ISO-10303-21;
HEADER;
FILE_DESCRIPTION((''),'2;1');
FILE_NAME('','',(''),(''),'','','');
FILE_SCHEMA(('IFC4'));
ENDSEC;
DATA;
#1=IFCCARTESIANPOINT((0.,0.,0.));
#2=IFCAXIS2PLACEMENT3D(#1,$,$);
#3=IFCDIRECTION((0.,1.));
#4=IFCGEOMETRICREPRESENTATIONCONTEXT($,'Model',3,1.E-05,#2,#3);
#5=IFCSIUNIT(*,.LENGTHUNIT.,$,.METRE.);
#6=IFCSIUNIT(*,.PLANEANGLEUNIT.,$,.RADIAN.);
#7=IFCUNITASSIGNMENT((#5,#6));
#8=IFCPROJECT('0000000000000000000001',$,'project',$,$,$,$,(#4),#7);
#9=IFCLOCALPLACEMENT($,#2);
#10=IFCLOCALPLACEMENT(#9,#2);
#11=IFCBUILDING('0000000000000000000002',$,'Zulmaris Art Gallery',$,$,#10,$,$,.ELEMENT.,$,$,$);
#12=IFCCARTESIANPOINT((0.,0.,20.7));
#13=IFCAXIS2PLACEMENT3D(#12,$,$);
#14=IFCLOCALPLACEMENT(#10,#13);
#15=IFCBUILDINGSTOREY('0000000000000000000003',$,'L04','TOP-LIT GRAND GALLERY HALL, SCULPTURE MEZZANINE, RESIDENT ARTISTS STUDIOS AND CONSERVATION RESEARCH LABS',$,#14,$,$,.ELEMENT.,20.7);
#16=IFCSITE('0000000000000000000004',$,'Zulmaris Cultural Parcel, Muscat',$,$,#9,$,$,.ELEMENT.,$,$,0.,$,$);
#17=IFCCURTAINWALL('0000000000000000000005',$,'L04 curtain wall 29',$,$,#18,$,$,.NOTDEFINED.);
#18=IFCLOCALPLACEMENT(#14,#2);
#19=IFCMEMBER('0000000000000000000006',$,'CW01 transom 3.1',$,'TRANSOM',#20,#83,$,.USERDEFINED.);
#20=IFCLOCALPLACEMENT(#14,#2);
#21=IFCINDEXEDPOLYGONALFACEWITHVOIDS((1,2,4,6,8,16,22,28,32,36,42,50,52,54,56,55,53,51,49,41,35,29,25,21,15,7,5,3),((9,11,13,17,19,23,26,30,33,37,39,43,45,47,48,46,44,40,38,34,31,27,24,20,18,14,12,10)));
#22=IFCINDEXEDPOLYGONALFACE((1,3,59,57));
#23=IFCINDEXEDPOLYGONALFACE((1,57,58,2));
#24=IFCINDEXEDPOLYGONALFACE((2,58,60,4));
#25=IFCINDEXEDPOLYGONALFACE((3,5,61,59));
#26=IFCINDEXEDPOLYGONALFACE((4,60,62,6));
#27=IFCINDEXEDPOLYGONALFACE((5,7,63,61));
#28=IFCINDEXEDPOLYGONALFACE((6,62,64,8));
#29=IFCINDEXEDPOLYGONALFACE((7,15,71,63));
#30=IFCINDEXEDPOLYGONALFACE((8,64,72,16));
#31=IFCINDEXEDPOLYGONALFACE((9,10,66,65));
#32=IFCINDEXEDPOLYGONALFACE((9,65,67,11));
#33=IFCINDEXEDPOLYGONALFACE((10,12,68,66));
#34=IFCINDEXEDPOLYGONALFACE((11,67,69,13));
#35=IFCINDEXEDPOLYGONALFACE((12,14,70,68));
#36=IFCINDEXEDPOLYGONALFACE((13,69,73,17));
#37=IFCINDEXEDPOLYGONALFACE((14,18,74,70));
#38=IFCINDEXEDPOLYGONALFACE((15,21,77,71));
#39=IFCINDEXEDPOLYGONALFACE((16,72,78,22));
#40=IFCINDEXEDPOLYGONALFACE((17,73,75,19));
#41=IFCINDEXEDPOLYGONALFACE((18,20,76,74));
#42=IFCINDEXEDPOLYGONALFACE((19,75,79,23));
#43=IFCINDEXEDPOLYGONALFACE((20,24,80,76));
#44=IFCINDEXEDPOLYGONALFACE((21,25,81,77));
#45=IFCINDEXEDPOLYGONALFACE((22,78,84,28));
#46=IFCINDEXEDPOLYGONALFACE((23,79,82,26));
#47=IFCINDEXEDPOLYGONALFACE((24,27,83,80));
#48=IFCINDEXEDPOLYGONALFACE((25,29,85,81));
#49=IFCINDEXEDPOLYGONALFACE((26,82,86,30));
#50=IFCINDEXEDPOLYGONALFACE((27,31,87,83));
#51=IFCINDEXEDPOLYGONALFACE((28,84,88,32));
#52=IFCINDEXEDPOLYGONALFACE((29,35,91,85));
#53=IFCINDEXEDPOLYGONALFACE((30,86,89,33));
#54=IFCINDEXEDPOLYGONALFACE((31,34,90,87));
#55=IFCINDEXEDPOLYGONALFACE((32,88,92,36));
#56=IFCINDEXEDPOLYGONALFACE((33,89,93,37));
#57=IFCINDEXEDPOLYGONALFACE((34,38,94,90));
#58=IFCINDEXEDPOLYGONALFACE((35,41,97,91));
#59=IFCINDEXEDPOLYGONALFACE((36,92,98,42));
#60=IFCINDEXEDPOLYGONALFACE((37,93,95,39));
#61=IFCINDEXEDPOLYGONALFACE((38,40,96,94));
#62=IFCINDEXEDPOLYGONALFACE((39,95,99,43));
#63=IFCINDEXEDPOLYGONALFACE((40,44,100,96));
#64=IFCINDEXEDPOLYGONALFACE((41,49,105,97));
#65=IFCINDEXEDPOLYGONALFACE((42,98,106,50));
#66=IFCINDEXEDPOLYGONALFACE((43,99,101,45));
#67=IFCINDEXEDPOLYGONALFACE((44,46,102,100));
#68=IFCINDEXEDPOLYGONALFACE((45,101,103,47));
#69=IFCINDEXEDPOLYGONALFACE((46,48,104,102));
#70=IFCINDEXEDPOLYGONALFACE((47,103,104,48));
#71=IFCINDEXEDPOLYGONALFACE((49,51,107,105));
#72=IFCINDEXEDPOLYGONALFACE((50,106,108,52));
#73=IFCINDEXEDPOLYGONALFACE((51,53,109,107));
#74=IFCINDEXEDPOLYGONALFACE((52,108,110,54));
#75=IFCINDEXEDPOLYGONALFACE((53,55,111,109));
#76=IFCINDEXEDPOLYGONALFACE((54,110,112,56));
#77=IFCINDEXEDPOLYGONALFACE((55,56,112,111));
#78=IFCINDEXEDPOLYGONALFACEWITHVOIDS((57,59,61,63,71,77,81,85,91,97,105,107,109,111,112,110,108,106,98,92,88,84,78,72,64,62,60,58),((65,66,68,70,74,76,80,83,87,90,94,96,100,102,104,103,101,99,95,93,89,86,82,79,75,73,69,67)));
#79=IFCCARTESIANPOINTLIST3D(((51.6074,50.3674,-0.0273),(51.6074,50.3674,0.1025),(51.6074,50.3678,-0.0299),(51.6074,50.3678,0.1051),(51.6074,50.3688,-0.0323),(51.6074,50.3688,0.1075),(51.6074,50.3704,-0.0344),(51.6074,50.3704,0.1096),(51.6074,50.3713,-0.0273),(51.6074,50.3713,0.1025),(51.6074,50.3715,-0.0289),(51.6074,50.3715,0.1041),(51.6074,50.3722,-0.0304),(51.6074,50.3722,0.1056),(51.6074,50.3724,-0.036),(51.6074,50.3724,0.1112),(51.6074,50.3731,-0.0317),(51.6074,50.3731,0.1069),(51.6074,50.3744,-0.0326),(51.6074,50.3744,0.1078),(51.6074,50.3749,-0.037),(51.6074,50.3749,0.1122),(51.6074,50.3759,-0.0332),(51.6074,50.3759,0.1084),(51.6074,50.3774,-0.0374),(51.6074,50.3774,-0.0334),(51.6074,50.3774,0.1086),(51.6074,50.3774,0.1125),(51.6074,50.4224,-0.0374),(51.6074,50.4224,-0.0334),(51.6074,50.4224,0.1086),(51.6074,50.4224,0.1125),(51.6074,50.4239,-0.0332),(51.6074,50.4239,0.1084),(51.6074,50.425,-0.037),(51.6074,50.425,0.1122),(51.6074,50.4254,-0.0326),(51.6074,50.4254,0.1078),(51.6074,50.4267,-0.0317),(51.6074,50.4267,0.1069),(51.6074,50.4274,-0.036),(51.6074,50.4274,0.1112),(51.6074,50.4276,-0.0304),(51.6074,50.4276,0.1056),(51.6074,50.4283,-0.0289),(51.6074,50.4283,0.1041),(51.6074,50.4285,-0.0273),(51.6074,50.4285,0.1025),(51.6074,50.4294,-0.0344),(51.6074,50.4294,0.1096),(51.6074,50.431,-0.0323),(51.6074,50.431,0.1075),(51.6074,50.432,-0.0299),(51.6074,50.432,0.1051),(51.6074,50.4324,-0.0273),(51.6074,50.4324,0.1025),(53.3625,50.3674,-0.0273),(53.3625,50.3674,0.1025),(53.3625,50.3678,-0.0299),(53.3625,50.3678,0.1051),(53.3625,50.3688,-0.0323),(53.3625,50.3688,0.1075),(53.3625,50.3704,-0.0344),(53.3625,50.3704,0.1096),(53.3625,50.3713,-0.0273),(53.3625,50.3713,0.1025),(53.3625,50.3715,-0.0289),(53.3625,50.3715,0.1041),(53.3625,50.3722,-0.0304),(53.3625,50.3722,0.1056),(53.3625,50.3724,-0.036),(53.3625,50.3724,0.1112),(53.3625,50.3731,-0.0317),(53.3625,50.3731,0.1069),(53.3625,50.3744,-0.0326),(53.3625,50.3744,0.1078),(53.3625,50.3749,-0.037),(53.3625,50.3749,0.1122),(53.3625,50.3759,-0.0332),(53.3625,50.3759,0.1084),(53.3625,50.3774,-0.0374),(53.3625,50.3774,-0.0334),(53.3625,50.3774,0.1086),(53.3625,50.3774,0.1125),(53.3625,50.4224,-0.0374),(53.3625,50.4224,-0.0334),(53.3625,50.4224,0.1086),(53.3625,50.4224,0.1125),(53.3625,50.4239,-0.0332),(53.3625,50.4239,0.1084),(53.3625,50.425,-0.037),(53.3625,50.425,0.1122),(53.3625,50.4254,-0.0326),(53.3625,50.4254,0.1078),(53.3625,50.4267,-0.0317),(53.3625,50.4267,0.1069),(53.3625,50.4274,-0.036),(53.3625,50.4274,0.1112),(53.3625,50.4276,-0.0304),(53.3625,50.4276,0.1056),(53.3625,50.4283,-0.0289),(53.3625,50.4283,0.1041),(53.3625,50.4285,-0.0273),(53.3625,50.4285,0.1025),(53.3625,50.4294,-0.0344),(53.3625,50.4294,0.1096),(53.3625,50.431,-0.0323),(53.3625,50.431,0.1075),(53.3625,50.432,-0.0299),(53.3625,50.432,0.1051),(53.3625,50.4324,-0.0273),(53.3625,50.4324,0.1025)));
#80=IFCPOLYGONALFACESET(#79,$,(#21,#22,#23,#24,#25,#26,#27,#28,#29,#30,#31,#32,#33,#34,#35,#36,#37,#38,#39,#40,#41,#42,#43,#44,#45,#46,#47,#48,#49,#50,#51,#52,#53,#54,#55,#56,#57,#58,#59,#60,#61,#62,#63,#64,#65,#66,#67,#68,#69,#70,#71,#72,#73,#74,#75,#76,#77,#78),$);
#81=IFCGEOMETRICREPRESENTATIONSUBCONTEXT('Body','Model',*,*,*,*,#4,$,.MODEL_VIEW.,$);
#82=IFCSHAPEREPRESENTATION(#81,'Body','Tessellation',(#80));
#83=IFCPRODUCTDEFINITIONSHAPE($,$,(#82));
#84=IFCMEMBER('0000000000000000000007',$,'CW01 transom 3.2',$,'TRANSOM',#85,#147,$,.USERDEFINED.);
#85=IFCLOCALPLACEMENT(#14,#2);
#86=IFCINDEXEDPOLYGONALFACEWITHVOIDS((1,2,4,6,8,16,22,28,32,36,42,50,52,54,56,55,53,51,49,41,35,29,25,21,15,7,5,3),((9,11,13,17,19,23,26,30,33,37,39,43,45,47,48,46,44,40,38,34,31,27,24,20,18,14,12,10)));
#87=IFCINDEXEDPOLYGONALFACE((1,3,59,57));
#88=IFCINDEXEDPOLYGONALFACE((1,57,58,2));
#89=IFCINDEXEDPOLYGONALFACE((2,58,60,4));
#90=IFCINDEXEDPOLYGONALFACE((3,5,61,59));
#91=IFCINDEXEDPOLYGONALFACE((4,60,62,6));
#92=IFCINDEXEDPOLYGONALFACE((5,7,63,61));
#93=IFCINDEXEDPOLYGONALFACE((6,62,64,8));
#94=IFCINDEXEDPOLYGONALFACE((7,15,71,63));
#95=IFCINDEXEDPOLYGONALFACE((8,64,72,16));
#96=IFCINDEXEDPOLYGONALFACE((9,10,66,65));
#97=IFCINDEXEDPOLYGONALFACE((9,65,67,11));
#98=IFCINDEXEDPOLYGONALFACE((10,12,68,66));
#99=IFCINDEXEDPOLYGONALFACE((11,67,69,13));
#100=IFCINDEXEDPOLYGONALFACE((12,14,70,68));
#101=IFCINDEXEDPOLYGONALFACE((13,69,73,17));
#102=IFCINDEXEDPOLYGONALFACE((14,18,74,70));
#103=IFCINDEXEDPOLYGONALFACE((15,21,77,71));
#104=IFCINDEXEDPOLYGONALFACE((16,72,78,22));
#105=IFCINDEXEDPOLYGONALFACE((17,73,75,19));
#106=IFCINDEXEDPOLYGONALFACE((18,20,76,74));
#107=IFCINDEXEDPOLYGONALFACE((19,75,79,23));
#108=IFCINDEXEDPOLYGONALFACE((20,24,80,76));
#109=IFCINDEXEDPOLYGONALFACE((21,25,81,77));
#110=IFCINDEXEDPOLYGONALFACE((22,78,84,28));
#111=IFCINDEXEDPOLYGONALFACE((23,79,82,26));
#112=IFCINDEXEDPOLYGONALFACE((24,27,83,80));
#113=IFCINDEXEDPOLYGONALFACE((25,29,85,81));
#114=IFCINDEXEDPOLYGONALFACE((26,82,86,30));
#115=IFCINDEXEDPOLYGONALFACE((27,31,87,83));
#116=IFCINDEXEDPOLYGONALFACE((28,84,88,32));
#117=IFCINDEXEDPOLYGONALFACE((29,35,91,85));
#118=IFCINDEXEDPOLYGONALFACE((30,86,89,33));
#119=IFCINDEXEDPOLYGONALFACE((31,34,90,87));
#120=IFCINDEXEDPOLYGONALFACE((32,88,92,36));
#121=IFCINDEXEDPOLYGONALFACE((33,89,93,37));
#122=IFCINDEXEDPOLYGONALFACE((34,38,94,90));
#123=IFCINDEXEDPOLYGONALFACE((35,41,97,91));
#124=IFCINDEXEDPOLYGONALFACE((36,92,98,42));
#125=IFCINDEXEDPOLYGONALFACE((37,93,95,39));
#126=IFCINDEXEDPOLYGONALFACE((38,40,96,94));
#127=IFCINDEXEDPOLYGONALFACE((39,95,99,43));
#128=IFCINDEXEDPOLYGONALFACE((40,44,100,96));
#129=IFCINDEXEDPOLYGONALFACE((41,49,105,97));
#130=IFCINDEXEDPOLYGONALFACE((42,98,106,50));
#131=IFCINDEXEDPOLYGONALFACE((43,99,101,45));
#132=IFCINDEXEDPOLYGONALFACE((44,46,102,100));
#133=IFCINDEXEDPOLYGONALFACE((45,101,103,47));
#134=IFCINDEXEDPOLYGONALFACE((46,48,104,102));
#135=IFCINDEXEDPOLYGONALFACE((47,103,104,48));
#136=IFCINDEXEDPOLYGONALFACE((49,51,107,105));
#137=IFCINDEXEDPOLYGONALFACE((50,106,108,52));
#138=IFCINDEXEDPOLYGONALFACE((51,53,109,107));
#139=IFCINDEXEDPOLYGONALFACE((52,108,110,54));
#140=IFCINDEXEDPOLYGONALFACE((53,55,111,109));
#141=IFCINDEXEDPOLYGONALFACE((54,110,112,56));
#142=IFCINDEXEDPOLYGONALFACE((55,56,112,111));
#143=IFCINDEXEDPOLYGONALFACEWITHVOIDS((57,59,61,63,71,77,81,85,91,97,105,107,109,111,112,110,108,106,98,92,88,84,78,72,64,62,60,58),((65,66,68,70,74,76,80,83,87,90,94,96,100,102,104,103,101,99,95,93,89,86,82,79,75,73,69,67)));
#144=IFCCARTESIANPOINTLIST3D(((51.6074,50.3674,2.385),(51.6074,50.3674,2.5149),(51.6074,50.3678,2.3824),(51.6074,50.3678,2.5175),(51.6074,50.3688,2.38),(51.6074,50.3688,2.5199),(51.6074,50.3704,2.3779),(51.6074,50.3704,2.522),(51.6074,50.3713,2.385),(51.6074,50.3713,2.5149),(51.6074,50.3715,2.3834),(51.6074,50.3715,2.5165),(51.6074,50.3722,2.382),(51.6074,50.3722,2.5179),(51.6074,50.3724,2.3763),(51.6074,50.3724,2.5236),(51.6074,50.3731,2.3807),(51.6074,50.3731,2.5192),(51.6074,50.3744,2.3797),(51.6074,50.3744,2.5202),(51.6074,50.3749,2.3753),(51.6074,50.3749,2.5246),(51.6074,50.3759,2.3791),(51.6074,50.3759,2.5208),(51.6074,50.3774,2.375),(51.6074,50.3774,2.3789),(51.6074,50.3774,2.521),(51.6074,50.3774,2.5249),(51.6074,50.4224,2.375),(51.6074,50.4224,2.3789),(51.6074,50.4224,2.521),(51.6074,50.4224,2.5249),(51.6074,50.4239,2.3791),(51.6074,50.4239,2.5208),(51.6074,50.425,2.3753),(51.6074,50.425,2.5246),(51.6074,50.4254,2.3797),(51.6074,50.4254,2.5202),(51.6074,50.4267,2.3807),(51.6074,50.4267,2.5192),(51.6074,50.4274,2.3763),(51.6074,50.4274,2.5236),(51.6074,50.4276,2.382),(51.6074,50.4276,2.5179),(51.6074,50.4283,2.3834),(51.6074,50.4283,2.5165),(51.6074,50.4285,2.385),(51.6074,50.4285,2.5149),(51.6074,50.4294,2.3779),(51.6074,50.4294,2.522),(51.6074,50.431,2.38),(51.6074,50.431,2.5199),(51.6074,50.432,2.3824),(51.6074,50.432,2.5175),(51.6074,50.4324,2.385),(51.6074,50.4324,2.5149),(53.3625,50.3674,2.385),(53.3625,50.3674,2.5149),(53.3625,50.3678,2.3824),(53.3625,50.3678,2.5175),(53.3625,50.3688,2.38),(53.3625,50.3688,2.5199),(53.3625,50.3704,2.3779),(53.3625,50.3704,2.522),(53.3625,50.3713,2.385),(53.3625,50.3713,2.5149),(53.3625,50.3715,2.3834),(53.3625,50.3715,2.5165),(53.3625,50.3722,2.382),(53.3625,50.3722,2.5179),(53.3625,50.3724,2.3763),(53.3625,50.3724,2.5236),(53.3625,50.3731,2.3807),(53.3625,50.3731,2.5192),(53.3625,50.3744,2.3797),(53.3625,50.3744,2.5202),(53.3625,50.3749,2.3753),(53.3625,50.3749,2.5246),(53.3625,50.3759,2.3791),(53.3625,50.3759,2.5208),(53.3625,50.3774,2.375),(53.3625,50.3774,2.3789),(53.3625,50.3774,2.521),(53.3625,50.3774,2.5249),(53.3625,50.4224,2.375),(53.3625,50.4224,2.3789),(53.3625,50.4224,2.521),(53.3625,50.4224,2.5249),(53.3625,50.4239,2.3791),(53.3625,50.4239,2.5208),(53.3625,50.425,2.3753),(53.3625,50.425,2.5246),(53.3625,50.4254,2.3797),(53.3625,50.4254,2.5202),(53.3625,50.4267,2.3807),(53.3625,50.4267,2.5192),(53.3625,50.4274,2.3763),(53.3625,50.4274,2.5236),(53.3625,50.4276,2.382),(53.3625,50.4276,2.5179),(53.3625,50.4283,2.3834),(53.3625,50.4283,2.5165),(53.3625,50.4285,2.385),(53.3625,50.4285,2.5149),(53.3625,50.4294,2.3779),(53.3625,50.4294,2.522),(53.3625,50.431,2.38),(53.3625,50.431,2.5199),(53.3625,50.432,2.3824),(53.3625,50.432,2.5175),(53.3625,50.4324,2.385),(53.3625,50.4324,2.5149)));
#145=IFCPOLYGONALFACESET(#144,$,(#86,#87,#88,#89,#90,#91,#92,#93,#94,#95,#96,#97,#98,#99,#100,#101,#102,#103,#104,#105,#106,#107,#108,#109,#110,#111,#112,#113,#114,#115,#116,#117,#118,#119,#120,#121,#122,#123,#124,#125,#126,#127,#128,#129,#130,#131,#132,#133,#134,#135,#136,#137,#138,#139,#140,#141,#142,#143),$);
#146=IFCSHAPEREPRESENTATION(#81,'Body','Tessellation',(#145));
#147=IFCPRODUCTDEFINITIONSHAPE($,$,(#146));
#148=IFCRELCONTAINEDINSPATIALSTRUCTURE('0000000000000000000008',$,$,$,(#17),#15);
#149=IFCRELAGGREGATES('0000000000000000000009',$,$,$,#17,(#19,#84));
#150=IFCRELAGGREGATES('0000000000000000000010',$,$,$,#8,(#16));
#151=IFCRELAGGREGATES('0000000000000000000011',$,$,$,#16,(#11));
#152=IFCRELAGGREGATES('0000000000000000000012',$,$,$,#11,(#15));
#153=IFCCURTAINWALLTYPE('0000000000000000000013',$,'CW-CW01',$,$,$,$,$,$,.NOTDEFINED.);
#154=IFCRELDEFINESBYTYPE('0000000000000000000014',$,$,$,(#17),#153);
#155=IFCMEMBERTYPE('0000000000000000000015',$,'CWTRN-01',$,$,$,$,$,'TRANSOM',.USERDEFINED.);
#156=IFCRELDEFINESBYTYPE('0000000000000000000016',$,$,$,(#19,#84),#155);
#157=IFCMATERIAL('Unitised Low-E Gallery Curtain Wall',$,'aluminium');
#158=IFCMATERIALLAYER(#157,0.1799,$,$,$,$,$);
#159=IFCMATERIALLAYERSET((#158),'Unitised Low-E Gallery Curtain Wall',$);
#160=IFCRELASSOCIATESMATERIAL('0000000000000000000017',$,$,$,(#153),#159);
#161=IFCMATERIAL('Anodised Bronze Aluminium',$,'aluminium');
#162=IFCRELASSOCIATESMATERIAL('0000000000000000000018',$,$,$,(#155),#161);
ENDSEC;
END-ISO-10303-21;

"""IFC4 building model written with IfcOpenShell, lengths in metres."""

from ifc_helpers import new_model, si_unit, direction, frame, origin, origin_2d, place, context, subcontext, project, spatial, hollow_rectangle, extrude, material, layer, layer_set, material_profile, profile_set, type_object, element, aggregate, save


model = new_model("IFC4")

# Units and contexts
model_context = context("Model", 3, precision=1e-05, world=origin(), true_north=direction((0.0, 1.0)))
body_context = subcontext(model_context, "Body", "Model", "MODEL_VIEW")
ifc_project = project(units=[si_unit("LENGTHUNIT", "METRE"), si_unit("PLANEANGLEUNIT", "RADIAN")], contexts=[model_context])

# Site, building, storey
site_placement = place(None, origin())
site = spatial("IfcSite", under=ifc_project, at=site_placement, Name="Zulmaris Cultural Parcel, Muscat", CompositionType="ELEMENT", RefElevation=0.0)
building_placement = place(site_placement, origin())
building = spatial("IfcBuilding", under=site, at=building_placement, Name="Zulmaris Art Gallery", CompositionType="ELEMENT")
storey_placement = place(building_placement, frame((0.0, 0.0, 20.7)))
storey = spatial("IfcBuildingStorey", under=building, at=storey_placement, Name="L04", Description="TOP-LIT GRAND GALLERY HALL, SCULPTURE MEZZANINE, RESIDENT ARTISTS STUDIOS AND CONSERVATION RESEARCH LABS", CompositionType="ELEMENT", Elevation=20.7)

# Shared definitions
ifc_material_1 = material(Name="Unitised Low-E Gallery Curtain Wall", Category="aluminium")
ifc_layer_1 = layer(ifc_material_1, 0.1799)
ifc_layer_set_1 = layer_set([ifc_layer_1], Name="Unitised Low-E Gallery Curtain Wall")
curtain_wall_type = type_object("IfcCurtainWallType", Name="CW-CW01", PredefinedType="NOTDEFINED", material=ifc_layer_set_1)
ifc_material_2 = material(Name="Anodised Bronze Aluminium", Category="aluminium")

# Curtain wall
curtain_wall_1_placement = place(storey_placement, origin())
curtain_wall_1 = element("IfcCurtainWall", 1, at=curtain_wall_1_placement, inside=storey, type_object=curtain_wall_type, Name="L04 curtain wall 29", PredefinedType="NOTDEFINED")

# Members
ifc_material_profile_1 = material_profile(ifc_material_2, hollow_rectangle(XDim=0.0649, YDim=0.1499, WallThickness=0.0039, InnerFilletRadius=0.0061, OuterFilletRadius=0.01, at=origin_2d()), Name="ALU 65x150x4")
ifc_profile_set_1 = profile_set([ifc_material_profile_1], Name="Anodised Bronze Aluminium")
member_type_1 = type_object("IfcMemberType", Name="CWTRN-01", ElementType="TRANSOM", PredefinedType="USERDEFINED", material=ifc_profile_set_1)
member_1_placement = place(storey_placement, frame((53.3625, 50.3999, 0.0376), z_axis=(-1.0, 0.0, 0.0), x_axis=(0.0, -1.0, 0.0)))
member_1 = element("IfcMember", 2, at=member_1_placement, type_object=member_type_1, Name="CW01 transom 3.1", ObjectType="TRANSOM", PredefinedType="USERDEFINED", context=body_context, shape_type="SweptSolid", body=[
    extrude(hollow_rectangle(XDim=0.0649, YDim=0.1499, WallThickness=0.0039, InnerFilletRadius=0.0061, OuterFilletRadius=0.01, at=origin_2d()), origin(), (0.0, 0.0, 1.0), 1.7551),
])
member_2_placement = place(storey_placement, frame((53.3625, 50.3999, 2.45), z_axis=(-1.0, 0.0, 0.0), x_axis=(0.0, -1.0, 0.0)))
member_2 = element("IfcMember", 3, at=member_2_placement, type_object=member_type_1, Name="CW01 transom 3.2", ObjectType="TRANSOM", PredefinedType="USERDEFINED", context=body_context, shape_type="SweptSolid", body=[
    extrude(hollow_rectangle(XDim=0.0649, YDim=0.1499, WallThickness=0.0039, InnerFilletRadius=0.0061, OuterFilletRadius=0.01, at=origin_2d()), origin(), (0.0, 0.0, 1.0), 1.7551),
])

aggregate(curtain_wall_1, [member_1, member_2])

save(model, "model.ifc")
